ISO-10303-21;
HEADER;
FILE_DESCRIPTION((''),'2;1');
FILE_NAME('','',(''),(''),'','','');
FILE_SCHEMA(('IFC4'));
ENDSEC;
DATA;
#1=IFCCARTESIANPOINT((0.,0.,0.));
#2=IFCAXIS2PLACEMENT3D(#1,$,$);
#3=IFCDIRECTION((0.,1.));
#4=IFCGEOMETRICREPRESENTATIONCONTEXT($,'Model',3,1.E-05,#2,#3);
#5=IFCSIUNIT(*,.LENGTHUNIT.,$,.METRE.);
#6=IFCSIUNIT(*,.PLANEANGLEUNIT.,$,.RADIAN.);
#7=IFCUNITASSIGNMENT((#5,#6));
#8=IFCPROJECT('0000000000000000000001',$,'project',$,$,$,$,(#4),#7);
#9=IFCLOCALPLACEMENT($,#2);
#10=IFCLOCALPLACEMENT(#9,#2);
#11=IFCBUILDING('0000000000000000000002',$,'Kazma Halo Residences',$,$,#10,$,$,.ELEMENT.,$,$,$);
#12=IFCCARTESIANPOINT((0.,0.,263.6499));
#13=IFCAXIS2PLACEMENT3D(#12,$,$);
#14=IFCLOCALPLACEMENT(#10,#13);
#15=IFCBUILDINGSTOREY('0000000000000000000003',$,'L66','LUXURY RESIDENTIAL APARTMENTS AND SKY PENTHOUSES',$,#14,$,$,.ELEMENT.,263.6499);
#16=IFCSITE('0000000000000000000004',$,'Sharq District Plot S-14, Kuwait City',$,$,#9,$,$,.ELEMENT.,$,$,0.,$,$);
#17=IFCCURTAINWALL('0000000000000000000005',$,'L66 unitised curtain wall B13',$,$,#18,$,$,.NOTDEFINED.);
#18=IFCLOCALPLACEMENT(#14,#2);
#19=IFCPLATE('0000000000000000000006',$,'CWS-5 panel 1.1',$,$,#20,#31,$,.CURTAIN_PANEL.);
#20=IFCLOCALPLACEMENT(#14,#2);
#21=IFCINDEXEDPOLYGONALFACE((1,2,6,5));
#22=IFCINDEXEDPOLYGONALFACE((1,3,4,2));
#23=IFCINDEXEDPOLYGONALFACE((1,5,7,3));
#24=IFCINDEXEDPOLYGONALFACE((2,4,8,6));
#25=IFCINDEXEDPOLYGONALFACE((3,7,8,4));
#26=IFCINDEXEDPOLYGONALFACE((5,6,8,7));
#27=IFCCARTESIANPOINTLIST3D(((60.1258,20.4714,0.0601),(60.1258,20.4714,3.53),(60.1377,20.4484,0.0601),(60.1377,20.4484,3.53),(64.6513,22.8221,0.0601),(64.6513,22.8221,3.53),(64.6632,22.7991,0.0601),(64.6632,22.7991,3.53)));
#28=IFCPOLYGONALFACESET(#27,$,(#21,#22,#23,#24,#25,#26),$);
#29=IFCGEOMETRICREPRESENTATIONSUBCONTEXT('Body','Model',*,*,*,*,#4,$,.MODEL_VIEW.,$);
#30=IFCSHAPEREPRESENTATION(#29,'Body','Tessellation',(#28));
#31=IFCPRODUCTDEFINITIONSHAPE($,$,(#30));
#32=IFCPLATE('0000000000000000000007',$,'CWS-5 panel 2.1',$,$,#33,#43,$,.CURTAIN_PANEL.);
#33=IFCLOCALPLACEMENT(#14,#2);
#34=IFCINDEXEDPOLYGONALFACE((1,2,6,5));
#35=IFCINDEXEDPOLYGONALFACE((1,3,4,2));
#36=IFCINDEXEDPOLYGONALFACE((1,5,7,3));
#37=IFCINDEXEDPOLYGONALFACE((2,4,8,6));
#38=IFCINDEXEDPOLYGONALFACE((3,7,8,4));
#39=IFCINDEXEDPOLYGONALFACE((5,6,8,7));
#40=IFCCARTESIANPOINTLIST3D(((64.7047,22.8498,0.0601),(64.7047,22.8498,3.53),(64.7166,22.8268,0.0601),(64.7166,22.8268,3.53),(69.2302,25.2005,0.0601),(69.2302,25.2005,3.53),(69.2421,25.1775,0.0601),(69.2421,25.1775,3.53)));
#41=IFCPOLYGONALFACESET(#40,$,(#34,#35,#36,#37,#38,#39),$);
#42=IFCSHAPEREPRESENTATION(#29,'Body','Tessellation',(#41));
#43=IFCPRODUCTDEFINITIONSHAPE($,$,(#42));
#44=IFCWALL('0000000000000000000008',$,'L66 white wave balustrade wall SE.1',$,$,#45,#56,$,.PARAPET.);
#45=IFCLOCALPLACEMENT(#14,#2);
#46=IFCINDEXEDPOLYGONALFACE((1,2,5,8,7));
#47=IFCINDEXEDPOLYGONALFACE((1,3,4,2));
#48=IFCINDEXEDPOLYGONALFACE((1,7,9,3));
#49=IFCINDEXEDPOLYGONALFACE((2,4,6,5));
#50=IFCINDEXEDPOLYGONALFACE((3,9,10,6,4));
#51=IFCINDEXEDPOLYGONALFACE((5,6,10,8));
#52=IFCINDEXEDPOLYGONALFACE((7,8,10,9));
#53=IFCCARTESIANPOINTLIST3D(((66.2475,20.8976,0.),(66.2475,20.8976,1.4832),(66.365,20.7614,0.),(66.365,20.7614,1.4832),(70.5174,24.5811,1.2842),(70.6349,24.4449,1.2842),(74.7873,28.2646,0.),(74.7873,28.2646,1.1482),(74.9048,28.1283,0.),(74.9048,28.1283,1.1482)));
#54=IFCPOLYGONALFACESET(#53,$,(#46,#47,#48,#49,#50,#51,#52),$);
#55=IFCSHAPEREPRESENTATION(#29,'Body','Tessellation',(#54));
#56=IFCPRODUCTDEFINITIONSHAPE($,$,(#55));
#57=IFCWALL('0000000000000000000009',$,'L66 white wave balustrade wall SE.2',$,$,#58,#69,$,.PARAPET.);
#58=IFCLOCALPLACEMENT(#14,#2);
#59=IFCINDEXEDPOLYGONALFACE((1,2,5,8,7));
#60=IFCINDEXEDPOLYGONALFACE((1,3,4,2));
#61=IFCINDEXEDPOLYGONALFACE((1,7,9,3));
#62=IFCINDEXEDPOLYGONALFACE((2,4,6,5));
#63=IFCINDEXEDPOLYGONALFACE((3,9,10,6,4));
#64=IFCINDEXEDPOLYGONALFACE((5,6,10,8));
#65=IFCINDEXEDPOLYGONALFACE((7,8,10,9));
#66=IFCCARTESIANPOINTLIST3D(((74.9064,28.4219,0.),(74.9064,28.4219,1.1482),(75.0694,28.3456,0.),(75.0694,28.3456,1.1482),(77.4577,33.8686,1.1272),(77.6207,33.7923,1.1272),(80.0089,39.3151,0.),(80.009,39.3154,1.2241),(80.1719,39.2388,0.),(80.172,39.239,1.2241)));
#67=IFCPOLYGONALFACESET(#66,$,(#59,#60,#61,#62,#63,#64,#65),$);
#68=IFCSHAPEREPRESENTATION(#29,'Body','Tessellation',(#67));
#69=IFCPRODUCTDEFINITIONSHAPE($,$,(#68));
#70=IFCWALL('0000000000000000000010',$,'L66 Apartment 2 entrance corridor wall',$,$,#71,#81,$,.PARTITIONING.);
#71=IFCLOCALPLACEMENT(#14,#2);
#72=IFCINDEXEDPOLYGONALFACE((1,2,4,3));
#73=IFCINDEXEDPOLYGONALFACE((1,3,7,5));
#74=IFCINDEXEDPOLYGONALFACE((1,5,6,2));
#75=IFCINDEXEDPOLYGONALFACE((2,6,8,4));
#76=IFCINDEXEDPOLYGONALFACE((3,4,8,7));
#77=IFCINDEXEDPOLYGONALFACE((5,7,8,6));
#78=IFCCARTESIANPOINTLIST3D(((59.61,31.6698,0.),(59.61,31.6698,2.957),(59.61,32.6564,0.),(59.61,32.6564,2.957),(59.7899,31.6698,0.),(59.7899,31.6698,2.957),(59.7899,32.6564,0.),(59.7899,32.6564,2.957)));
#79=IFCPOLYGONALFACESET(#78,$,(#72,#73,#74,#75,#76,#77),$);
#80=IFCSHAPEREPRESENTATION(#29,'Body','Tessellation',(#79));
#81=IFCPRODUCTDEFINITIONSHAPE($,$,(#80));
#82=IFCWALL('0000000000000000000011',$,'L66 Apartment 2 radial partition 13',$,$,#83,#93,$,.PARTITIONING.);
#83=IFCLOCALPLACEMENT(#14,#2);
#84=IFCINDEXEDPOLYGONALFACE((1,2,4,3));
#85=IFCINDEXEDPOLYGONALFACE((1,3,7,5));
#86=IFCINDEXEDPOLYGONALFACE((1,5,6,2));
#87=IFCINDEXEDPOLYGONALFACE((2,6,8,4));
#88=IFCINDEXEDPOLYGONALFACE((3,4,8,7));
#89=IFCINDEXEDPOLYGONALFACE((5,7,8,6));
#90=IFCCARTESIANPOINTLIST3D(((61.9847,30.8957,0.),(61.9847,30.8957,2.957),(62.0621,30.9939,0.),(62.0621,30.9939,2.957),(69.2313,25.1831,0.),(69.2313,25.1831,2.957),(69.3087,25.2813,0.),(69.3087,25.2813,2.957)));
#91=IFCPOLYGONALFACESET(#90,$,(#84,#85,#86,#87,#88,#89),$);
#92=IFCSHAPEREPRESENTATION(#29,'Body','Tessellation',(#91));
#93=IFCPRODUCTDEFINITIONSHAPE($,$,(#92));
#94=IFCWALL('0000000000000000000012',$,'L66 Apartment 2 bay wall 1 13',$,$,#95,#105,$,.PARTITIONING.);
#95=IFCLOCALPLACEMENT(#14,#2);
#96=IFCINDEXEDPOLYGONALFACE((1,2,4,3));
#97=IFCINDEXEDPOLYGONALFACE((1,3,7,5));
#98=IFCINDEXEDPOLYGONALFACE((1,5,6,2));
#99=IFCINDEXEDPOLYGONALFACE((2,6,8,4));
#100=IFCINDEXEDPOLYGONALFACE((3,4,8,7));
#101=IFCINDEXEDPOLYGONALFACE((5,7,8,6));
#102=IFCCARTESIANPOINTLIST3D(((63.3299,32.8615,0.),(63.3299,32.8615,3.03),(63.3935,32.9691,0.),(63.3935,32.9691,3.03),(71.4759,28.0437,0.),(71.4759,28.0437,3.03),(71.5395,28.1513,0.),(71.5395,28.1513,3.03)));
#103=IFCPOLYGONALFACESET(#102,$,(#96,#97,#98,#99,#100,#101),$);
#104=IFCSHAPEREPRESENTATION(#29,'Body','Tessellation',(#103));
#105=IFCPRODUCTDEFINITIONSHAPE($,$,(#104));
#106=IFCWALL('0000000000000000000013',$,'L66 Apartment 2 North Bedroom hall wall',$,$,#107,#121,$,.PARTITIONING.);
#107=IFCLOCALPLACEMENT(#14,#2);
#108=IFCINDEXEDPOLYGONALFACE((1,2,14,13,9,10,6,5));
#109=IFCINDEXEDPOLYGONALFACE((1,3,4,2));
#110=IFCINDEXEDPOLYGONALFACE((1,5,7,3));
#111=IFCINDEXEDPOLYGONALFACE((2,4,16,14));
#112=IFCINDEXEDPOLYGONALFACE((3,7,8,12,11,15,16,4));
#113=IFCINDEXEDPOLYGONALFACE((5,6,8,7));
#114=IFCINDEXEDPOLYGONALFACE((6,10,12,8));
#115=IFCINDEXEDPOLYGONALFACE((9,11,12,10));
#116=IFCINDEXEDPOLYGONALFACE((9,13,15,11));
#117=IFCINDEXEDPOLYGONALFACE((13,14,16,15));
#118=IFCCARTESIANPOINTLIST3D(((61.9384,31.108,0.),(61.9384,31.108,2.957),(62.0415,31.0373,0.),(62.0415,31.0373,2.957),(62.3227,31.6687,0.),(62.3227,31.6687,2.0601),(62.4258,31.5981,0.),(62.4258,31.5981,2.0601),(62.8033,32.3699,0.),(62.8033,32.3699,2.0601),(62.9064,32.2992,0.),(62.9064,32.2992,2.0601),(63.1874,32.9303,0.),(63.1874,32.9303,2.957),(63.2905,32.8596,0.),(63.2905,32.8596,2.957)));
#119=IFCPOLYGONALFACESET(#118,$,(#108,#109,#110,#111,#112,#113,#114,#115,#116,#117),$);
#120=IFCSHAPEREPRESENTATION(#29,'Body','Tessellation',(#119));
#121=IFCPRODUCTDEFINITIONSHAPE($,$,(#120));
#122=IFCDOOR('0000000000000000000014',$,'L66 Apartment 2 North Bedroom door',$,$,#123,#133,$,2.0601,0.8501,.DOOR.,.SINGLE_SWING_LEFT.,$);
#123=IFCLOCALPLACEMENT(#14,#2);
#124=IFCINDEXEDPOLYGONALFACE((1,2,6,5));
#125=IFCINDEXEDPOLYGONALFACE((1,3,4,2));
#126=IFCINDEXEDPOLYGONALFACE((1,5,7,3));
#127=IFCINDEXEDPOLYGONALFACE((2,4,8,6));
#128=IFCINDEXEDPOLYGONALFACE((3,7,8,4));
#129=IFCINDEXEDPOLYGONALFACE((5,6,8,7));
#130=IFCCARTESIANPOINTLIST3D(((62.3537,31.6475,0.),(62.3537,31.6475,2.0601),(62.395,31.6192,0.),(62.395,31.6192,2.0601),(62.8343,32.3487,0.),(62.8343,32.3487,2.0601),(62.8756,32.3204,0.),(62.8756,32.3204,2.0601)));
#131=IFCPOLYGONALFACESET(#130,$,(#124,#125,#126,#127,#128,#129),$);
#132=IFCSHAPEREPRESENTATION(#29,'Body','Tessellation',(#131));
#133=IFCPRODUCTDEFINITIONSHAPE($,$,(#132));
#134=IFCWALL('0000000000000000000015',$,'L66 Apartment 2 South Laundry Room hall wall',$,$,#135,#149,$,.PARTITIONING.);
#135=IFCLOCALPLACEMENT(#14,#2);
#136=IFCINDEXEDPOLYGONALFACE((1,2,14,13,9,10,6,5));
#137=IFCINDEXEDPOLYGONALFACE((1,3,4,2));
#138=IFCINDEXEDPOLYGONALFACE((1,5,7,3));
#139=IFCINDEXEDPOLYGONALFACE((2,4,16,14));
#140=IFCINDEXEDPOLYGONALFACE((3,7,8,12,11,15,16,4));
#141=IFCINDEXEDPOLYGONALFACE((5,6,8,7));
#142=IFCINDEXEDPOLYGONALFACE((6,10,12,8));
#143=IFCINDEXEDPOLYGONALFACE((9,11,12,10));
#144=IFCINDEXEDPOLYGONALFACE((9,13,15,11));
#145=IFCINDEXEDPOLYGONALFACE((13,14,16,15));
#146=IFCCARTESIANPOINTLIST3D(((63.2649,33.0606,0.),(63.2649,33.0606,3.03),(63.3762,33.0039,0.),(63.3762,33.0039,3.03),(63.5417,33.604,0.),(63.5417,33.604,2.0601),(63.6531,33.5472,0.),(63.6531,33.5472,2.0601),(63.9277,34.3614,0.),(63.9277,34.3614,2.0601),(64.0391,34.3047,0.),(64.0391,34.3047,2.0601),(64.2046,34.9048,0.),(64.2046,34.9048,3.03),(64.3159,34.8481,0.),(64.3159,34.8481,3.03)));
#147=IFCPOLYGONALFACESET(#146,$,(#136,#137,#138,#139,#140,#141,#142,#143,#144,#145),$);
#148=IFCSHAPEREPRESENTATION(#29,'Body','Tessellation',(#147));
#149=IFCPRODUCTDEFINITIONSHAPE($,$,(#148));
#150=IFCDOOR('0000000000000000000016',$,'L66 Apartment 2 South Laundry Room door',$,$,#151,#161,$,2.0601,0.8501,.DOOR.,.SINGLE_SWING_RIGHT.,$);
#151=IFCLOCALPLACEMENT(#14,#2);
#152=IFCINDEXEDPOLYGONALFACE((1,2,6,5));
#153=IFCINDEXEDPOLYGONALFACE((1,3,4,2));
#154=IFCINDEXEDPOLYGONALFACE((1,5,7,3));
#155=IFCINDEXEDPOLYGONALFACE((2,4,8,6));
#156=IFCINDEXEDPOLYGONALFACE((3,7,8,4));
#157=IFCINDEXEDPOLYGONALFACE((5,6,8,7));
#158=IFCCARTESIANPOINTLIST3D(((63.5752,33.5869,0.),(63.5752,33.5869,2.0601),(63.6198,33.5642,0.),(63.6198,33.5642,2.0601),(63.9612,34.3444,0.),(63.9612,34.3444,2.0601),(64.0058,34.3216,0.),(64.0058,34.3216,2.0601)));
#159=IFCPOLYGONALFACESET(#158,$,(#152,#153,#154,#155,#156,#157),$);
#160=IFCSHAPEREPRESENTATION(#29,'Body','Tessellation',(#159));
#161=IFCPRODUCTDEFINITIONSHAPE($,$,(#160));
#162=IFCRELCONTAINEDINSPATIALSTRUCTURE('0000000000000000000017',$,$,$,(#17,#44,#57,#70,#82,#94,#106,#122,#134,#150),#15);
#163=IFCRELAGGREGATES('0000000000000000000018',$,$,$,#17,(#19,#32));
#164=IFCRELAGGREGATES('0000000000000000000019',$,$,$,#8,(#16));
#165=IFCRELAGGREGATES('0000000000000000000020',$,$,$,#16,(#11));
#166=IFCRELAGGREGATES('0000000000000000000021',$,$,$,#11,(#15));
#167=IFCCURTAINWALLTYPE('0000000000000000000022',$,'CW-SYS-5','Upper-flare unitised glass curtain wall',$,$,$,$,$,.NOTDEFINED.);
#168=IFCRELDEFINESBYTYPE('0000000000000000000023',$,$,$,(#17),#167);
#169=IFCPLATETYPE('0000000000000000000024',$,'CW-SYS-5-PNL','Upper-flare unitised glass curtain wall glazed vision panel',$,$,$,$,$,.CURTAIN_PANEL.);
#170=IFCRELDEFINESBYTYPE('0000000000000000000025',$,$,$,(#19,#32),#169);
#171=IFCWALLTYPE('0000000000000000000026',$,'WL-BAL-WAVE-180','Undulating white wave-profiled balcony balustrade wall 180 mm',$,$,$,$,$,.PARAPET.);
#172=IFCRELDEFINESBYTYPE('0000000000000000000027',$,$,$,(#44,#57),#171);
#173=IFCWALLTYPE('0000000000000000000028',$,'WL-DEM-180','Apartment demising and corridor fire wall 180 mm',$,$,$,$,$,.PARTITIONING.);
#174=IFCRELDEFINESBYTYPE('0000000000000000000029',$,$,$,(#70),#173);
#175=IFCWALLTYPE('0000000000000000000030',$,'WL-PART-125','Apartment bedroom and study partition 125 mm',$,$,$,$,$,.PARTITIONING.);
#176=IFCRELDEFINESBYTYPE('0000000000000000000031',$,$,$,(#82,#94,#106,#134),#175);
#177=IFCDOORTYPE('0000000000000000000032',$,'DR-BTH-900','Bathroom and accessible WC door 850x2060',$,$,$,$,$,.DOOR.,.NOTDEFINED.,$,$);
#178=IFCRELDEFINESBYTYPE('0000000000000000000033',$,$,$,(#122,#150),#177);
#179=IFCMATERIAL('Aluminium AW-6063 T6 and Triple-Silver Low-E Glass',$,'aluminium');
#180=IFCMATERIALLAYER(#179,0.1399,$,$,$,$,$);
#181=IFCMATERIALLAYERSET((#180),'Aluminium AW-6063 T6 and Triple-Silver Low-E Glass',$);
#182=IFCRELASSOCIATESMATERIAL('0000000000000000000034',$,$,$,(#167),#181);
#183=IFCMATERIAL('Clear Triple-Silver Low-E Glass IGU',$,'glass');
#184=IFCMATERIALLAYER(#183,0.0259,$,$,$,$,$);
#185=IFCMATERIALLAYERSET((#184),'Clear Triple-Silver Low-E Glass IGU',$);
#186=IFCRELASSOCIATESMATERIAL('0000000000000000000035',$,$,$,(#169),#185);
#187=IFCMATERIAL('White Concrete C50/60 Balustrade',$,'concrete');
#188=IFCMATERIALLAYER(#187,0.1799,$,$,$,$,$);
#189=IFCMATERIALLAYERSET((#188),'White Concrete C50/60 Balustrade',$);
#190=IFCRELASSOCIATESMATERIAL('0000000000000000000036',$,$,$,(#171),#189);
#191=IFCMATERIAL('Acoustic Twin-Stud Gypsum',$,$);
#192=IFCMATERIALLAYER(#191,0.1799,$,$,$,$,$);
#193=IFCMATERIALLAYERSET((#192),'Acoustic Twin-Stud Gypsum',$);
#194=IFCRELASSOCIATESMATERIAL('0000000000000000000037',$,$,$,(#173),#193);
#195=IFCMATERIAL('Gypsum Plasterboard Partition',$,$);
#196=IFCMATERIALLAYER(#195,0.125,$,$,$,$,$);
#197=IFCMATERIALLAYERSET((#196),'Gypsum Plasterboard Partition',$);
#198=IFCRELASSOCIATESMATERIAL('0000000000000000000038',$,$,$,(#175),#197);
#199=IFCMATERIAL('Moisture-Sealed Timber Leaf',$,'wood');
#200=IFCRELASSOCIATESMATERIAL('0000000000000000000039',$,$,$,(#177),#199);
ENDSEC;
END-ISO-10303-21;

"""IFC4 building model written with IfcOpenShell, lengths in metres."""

from ifc_helpers import new_model, si_unit, direction, frame, frame_2d, origin, origin_2d, place, context, subcontext, project, spatial, polyline, rectangle, outline, extrude, material, layer, layer_set, type_object, element, fill, aggregate, save


model = new_model("IFC4")

# Units and contexts
model_context = context("Model", 3, precision=1e-05, world=origin(), true_north=direction((0.0, 1.0)))
body_context = subcontext(model_context, "Body", "Model", "MODEL_VIEW")
ifc_project = project(units=[si_unit("LENGTHUNIT", "METRE"), si_unit("PLANEANGLEUNIT", "RADIAN")], contexts=[model_context])

# Site, building, storey
site_placement = place(None, origin())
site = spatial("IfcSite", under=ifc_project, at=site_placement, Name="Sharq District Plot S-14, Kuwait City", CompositionType="ELEMENT", RefElevation=0.0)
building_placement = place(site_placement, origin())
building = spatial("IfcBuilding", under=site, at=building_placement, Name="Kazma Halo Residences", CompositionType="ELEMENT")
storey_placement = place(building_placement, frame((0.0, 0.0, 263.6499)))
storey = spatial("IfcBuildingStorey", under=building, at=storey_placement, Name="L66", Description="LUXURY RESIDENTIAL APARTMENTS AND SKY PENTHOUSES", CompositionType="ELEMENT", Elevation=263.6499)

# Curtain wall, plates
ifc_material_1 = material(Name="Aluminium AW-6063 T6 and Triple-Silver Low-E Glass", Category="aluminium")
ifc_layer_1 = layer(ifc_material_1, 0.1399)
ifc_layer_set_1 = layer_set([ifc_layer_1], Name="Aluminium AW-6063 T6 and Triple-Silver Low-E Glass")
curtain_wall_type = type_object("IfcCurtainWallType", Name="CW-SYS-5", Description="Upper-flare unitised glass curtain wall", PredefinedType="NOTDEFINED", material=ifc_layer_set_1)
curtain_wall_placement = place(storey_placement, origin())
curtain_wall = element("IfcCurtainWall", 1, at=curtain_wall_placement, inside=storey, type_object=curtain_wall_type, Name="L66 unitised curtain wall B13", PredefinedType="NOTDEFINED")
ifc_material_2 = material(Name="Clear Triple-Silver Low-E Glass IGU", Category="glass")
ifc_layer_2 = layer(ifc_material_2, 0.0259)
ifc_layer_set_2 = layer_set([ifc_layer_2], Name="Clear Triple-Silver Low-E Glass IGU")
plate_type = type_object("IfcPlateType", Name="CW-SYS-5-PNL", Description="Upper-flare unitised glass curtain wall glazed vision panel", PredefinedType="CURTAIN_PANEL", material=ifc_layer_set_2)
plate_1_placement = place(storey_placement, frame((62.3945, 21.6353, 0.0601), z_axis=(0.0, 0.0, 1.0), x_axis=(0.887421, 0.460961, 0.0)))
plate_1 = element("IfcPlate", 2, at=plate_1_placement, type_object=plate_type, Name="CWS-5 panel 1.1", PredefinedType="CURTAIN_PANEL", context=body_context, shape_type="SweptSolid", body=[
    extrude(rectangle(XDim=5.0996, YDim=0.0259, at=origin_2d()), origin(), (0.0, 0.0, 1.0), 3.47),
])
plate_2_placement = place(storey_placement, frame((66.9734, 24.0137, 0.0601), z_axis=(0.0, 0.0, 1.0), x_axis=(0.887421, 0.460961, 0.0)))
plate_2 = element("IfcPlate", 3, at=plate_2_placement, type_object=plate_type, Name="CWS-5 panel 2.1", PredefinedType="CURTAIN_PANEL", context=body_context, shape_type="SweptSolid", body=[
    extrude(rectangle(XDim=5.0996, YDim=0.0259, at=origin_2d()), origin(), (0.0, 0.0, 1.0), 3.47),
])
aggregate(curtain_wall, [plate_1, plate_2])

# Walls
ifc_material_3 = material(Name="White Concrete C50/60 Balustrade", Category="concrete")
ifc_layer_3 = layer(ifc_material_3, 0.1799)
ifc_layer_set_3 = layer_set([ifc_layer_3], Name="White Concrete C50/60 Balustrade")
wall_type_1 = type_object("IfcWallType", Name="WL-BAL-WAVE-180", Description="Undulating white wave-profiled balcony balustrade wall 180 mm", PredefinedType="PARAPET", material=ifc_layer_set_3)
wall_1_placement = place(storey_placement, frame((66.3062, 20.8296, 0.0), z_axis=(0.0, 0.0, 1.0), x_axis=(0.757188, 0.653197, 0.0)))
element("IfcWall", 4, at=wall_1_placement, inside=storey, type_object=wall_type_1, Name="L66 white wave balustrade wall SE.1", PredefinedType="PARAPET", context=body_context, shape_type="SweptSolid", body=[
    extrude(outline(polyline([(0.0, 0.0), (11.2783, 0.0), (11.2783, 1.1482), (5.6392, 1.2842), (0.0, 1.4832), (0.0, 0.0)])), frame((0.0, 0.0898, 0.0), z_axis=(0.0, -1.0, 0.0), x_axis=(1.0, 0.0, 0.0)), (0.0, 0.0, 1.0), 0.1799),
])
wall_2_placement = place(storey_placement, frame((74.9878, 28.3838, 0.0), z_axis=(0.0, 0.0, 1.0), x_axis=(0.424182, 0.905577, 0.0)))
element("IfcWall", 5, at=wall_2_placement, inside=storey, type_object=wall_type_1, Name="L66 white wave balustrade wall SE.2", PredefinedType="PARAPET", context=body_context, shape_type="SweptSolid", body=[
    extrude(outline(polyline([(0.0, 0.0), (12.0291, 0.0), (12.0293, 1.2241), (6.0146, 1.1272), (0.0, 1.1482), (0.0, 0.0)])), frame((0.0, 0.0898, 0.0), z_axis=(0.0, -1.0, 0.0), x_axis=(1.0, 0.0, 0.0)), (0.0, 0.0, 1.0), 0.1799),
])
ifc_material_4 = material(Name="Acoustic Twin-Stud Gypsum")
ifc_layer_4 = layer(ifc_material_4, 0.1799)
ifc_layer_set_4 = layer_set([ifc_layer_4], Name="Acoustic Twin-Stud Gypsum")
wall_type_2 = type_object("IfcWallType", Name="WL-DEM-180", Description="Apartment demising and corridor fire wall 180 mm", PredefinedType="PARTITIONING", material=ifc_layer_set_4)
wall_3_placement = place(storey_placement, frame((59.7, 31.6699, 0.0), z_axis=(0.0, 0.0, 1.0), x_axis=(0.0, 1.0, 0.0)))
element("IfcWall", 6, at=wall_3_placement, inside=storey, type_object=wall_type_2, Name="L66 Apartment 2 entrance corridor wall", PredefinedType="PARTITIONING", context=body_context, shape_type="SweptSolid", body=[
    extrude(rectangle(XDim=0.9866, YDim=0.1799, at=frame_2d((0.4932, 0.0))), origin(), (0.0, 0.0, 1.0), 2.957),
])

# Walls
ifc_material_5 = material(Name="Gypsum Plasterboard Partition")
ifc_layer_5 = layer(ifc_material_5, 0.125)
ifc_layer_set_5 = layer_set([ifc_layer_5], Name="Gypsum Plasterboard Partition")
wall_type_3 = type_object("IfcWallType", Name="WL-PART-125", Description="Apartment bedroom and study partition 125 mm", PredefinedType="PARTITIONING", material=ifc_layer_set_5)
wall_4_placement = place(storey_placement, frame((62.0234, 30.9448, 0.0), z_axis=(0.0, 0.0, 1.0), x_axis=(0.785322, -0.619087, 0.0)))
element("IfcWall", 7, at=wall_4_placement, inside=storey, type_object=wall_type_3, Name="L66 Apartment 2 radial partition 13", PredefinedType="PARTITIONING", context=body_context, shape_type="SweptSolid", body=[
    extrude(rectangle(XDim=9.2275, YDim=0.125, at=frame_2d((4.6138, 0.0))), origin(), (0.0, 0.0, 1.0), 2.957),
])
wall_5_placement = place(storey_placement, frame((63.3618, 32.9153, 0.0), z_axis=(0.0, 0.0, 1.0), x_axis=(0.860726, -0.509068, 0.0)))
element("IfcWall", 8, at=wall_5_placement, inside=storey, type_object=wall_type_3, Name="L66 Apartment 2 bay wall 1 13", PredefinedType="PARTITIONING", context=body_context, shape_type="SweptSolid", body=[
    extrude(rectangle(XDim=9.4641, YDim=0.125, at=frame_2d((4.7319, 0.0))), origin(), (0.0, 0.0, 1.0), 3.03),
])

# Walls, openings, doors
wall_6_placement = place(storey_placement, frame((61.99, 31.0728, 0.0), z_axis=(0.0, 0.0, 1.0), x_axis=(0.565365, 0.824841, 0.0)))
wall_6 = element("IfcWall", 9, at=wall_6_placement, inside=storey, type_object=wall_type_3, Name="L66 Apartment 2 North Bedroom hall wall", PredefinedType="PARTITIONING", context=body_context, shape_type="SweptSolid", body=[
    extrude(rectangle(XDim=2.2092, YDim=0.125, at=frame_2d((1.1045, 0.0))), origin(), (0.0, 0.0, 1.0), 2.957),
])
opening_1_placement = place(wall_6_placement, frame((0.6797, 0.0, 0.0)))
opening_1 = element("IfcOpeningElement", 10, at=opening_1_placement, cuts=wall_6, PredefinedType="OPENING", context=body_context, shape_type="SweptSolid", body=[
    extrude(rectangle(XDim=0.8501, YDim=2.0601, at=frame_2d((0.425, 1.03))), frame((0.0, 0.0725, 0.0), z_axis=(0.0, -1.0, 0.0), x_axis=(1.0, 0.0, 0.0)), (0.0, 0.0, 1.0), 0.145),
])
ifc_material_6 = material(Name="Moisture-Sealed Timber Leaf", Category="wood")
door_type_1 = type_object("IfcDoorType", Name="DR-BTH-900", Description="Bathroom and accessible WC door 850x2060", OperationType="NOTDEFINED", PredefinedType="DOOR", material=ifc_material_6)
door_1_placement = place(opening_1_placement, origin())
door_1 = element("IfcDoor", 11, at=door_1_placement, inside=storey, type_object=door_type_1, Name="L66 Apartment 2 North Bedroom door", OperationType="SINGLE_SWING_LEFT", OverallHeight=2.0601, OverallWidth=0.8501, PredefinedType="DOOR", context=body_context, shape_type="SweptSolid", body=[
    extrude(rectangle(XDim=0.8501, YDim=2.0601, at=frame_2d((0.425, 1.03))), frame((0.0, 0.0249, 0.0), z_axis=(0.0, -1.0, 0.0), x_axis=(1.0, 0.0, 0.0)), (0.0, 0.0, 1.0), 0.05),
])
fill(opening_1, door_1)
wall_7_placement = place(storey_placement, frame((63.3206, 33.0322, 0.0), z_axis=(0.0, 0.0, 1.0), x_axis=(0.453995, 0.891004, 0.0)))
wall_7 = element("IfcWall", 12, at=wall_7_placement, inside=storey, type_object=wall_type_3, Name="L66 Apartment 2 South Laundry Room hall wall", PredefinedType="PARTITIONING", context=body_context, shape_type="SweptSolid", body=[
    extrude(rectangle(XDim=2.0698, YDim=0.125, at=frame_2d((1.0349, 0.0))), origin(), (0.0, 0.0, 1.0), 3.03),
])
opening_2_placement = place(wall_7_placement, frame((0.6099, 0.0, 0.0)))
opening_2 = element("IfcOpeningElement", 13, at=opening_2_placement, cuts=wall_7, PredefinedType="OPENING", context=body_context, shape_type="SweptSolid", body=[
    extrude(rectangle(XDim=0.8501, YDim=2.0601, at=frame_2d((0.425, 1.03))), frame((0.0, 0.0725, 0.0), z_axis=(0.0, -1.0, 0.0), x_axis=(1.0, 0.0, 0.0)), (0.0, 0.0, 1.0), 0.145),
])
door_2_placement = place(opening_2_placement, origin())
door_2 = element("IfcDoor", 14, at=door_2_placement, inside=storey, type_object=door_type_1, Name="L66 Apartment 2 South Laundry Room door", OperationType="SINGLE_SWING_RIGHT", OverallHeight=2.0601, OverallWidth=0.8501, PredefinedType="DOOR", context=body_context, shape_type="SweptSolid", body=[
    extrude(rectangle(XDim=0.8501, YDim=2.0601, at=frame_2d((0.425, 1.03))), frame((0.0, 0.0249, 0.0), z_axis=(0.0, -1.0, 0.0), x_axis=(1.0, 0.0, 0.0)), (0.0, 0.0, 1.0), 0.05),
])
fill(opening_2, door_2)

save(model, "model.ifc")
